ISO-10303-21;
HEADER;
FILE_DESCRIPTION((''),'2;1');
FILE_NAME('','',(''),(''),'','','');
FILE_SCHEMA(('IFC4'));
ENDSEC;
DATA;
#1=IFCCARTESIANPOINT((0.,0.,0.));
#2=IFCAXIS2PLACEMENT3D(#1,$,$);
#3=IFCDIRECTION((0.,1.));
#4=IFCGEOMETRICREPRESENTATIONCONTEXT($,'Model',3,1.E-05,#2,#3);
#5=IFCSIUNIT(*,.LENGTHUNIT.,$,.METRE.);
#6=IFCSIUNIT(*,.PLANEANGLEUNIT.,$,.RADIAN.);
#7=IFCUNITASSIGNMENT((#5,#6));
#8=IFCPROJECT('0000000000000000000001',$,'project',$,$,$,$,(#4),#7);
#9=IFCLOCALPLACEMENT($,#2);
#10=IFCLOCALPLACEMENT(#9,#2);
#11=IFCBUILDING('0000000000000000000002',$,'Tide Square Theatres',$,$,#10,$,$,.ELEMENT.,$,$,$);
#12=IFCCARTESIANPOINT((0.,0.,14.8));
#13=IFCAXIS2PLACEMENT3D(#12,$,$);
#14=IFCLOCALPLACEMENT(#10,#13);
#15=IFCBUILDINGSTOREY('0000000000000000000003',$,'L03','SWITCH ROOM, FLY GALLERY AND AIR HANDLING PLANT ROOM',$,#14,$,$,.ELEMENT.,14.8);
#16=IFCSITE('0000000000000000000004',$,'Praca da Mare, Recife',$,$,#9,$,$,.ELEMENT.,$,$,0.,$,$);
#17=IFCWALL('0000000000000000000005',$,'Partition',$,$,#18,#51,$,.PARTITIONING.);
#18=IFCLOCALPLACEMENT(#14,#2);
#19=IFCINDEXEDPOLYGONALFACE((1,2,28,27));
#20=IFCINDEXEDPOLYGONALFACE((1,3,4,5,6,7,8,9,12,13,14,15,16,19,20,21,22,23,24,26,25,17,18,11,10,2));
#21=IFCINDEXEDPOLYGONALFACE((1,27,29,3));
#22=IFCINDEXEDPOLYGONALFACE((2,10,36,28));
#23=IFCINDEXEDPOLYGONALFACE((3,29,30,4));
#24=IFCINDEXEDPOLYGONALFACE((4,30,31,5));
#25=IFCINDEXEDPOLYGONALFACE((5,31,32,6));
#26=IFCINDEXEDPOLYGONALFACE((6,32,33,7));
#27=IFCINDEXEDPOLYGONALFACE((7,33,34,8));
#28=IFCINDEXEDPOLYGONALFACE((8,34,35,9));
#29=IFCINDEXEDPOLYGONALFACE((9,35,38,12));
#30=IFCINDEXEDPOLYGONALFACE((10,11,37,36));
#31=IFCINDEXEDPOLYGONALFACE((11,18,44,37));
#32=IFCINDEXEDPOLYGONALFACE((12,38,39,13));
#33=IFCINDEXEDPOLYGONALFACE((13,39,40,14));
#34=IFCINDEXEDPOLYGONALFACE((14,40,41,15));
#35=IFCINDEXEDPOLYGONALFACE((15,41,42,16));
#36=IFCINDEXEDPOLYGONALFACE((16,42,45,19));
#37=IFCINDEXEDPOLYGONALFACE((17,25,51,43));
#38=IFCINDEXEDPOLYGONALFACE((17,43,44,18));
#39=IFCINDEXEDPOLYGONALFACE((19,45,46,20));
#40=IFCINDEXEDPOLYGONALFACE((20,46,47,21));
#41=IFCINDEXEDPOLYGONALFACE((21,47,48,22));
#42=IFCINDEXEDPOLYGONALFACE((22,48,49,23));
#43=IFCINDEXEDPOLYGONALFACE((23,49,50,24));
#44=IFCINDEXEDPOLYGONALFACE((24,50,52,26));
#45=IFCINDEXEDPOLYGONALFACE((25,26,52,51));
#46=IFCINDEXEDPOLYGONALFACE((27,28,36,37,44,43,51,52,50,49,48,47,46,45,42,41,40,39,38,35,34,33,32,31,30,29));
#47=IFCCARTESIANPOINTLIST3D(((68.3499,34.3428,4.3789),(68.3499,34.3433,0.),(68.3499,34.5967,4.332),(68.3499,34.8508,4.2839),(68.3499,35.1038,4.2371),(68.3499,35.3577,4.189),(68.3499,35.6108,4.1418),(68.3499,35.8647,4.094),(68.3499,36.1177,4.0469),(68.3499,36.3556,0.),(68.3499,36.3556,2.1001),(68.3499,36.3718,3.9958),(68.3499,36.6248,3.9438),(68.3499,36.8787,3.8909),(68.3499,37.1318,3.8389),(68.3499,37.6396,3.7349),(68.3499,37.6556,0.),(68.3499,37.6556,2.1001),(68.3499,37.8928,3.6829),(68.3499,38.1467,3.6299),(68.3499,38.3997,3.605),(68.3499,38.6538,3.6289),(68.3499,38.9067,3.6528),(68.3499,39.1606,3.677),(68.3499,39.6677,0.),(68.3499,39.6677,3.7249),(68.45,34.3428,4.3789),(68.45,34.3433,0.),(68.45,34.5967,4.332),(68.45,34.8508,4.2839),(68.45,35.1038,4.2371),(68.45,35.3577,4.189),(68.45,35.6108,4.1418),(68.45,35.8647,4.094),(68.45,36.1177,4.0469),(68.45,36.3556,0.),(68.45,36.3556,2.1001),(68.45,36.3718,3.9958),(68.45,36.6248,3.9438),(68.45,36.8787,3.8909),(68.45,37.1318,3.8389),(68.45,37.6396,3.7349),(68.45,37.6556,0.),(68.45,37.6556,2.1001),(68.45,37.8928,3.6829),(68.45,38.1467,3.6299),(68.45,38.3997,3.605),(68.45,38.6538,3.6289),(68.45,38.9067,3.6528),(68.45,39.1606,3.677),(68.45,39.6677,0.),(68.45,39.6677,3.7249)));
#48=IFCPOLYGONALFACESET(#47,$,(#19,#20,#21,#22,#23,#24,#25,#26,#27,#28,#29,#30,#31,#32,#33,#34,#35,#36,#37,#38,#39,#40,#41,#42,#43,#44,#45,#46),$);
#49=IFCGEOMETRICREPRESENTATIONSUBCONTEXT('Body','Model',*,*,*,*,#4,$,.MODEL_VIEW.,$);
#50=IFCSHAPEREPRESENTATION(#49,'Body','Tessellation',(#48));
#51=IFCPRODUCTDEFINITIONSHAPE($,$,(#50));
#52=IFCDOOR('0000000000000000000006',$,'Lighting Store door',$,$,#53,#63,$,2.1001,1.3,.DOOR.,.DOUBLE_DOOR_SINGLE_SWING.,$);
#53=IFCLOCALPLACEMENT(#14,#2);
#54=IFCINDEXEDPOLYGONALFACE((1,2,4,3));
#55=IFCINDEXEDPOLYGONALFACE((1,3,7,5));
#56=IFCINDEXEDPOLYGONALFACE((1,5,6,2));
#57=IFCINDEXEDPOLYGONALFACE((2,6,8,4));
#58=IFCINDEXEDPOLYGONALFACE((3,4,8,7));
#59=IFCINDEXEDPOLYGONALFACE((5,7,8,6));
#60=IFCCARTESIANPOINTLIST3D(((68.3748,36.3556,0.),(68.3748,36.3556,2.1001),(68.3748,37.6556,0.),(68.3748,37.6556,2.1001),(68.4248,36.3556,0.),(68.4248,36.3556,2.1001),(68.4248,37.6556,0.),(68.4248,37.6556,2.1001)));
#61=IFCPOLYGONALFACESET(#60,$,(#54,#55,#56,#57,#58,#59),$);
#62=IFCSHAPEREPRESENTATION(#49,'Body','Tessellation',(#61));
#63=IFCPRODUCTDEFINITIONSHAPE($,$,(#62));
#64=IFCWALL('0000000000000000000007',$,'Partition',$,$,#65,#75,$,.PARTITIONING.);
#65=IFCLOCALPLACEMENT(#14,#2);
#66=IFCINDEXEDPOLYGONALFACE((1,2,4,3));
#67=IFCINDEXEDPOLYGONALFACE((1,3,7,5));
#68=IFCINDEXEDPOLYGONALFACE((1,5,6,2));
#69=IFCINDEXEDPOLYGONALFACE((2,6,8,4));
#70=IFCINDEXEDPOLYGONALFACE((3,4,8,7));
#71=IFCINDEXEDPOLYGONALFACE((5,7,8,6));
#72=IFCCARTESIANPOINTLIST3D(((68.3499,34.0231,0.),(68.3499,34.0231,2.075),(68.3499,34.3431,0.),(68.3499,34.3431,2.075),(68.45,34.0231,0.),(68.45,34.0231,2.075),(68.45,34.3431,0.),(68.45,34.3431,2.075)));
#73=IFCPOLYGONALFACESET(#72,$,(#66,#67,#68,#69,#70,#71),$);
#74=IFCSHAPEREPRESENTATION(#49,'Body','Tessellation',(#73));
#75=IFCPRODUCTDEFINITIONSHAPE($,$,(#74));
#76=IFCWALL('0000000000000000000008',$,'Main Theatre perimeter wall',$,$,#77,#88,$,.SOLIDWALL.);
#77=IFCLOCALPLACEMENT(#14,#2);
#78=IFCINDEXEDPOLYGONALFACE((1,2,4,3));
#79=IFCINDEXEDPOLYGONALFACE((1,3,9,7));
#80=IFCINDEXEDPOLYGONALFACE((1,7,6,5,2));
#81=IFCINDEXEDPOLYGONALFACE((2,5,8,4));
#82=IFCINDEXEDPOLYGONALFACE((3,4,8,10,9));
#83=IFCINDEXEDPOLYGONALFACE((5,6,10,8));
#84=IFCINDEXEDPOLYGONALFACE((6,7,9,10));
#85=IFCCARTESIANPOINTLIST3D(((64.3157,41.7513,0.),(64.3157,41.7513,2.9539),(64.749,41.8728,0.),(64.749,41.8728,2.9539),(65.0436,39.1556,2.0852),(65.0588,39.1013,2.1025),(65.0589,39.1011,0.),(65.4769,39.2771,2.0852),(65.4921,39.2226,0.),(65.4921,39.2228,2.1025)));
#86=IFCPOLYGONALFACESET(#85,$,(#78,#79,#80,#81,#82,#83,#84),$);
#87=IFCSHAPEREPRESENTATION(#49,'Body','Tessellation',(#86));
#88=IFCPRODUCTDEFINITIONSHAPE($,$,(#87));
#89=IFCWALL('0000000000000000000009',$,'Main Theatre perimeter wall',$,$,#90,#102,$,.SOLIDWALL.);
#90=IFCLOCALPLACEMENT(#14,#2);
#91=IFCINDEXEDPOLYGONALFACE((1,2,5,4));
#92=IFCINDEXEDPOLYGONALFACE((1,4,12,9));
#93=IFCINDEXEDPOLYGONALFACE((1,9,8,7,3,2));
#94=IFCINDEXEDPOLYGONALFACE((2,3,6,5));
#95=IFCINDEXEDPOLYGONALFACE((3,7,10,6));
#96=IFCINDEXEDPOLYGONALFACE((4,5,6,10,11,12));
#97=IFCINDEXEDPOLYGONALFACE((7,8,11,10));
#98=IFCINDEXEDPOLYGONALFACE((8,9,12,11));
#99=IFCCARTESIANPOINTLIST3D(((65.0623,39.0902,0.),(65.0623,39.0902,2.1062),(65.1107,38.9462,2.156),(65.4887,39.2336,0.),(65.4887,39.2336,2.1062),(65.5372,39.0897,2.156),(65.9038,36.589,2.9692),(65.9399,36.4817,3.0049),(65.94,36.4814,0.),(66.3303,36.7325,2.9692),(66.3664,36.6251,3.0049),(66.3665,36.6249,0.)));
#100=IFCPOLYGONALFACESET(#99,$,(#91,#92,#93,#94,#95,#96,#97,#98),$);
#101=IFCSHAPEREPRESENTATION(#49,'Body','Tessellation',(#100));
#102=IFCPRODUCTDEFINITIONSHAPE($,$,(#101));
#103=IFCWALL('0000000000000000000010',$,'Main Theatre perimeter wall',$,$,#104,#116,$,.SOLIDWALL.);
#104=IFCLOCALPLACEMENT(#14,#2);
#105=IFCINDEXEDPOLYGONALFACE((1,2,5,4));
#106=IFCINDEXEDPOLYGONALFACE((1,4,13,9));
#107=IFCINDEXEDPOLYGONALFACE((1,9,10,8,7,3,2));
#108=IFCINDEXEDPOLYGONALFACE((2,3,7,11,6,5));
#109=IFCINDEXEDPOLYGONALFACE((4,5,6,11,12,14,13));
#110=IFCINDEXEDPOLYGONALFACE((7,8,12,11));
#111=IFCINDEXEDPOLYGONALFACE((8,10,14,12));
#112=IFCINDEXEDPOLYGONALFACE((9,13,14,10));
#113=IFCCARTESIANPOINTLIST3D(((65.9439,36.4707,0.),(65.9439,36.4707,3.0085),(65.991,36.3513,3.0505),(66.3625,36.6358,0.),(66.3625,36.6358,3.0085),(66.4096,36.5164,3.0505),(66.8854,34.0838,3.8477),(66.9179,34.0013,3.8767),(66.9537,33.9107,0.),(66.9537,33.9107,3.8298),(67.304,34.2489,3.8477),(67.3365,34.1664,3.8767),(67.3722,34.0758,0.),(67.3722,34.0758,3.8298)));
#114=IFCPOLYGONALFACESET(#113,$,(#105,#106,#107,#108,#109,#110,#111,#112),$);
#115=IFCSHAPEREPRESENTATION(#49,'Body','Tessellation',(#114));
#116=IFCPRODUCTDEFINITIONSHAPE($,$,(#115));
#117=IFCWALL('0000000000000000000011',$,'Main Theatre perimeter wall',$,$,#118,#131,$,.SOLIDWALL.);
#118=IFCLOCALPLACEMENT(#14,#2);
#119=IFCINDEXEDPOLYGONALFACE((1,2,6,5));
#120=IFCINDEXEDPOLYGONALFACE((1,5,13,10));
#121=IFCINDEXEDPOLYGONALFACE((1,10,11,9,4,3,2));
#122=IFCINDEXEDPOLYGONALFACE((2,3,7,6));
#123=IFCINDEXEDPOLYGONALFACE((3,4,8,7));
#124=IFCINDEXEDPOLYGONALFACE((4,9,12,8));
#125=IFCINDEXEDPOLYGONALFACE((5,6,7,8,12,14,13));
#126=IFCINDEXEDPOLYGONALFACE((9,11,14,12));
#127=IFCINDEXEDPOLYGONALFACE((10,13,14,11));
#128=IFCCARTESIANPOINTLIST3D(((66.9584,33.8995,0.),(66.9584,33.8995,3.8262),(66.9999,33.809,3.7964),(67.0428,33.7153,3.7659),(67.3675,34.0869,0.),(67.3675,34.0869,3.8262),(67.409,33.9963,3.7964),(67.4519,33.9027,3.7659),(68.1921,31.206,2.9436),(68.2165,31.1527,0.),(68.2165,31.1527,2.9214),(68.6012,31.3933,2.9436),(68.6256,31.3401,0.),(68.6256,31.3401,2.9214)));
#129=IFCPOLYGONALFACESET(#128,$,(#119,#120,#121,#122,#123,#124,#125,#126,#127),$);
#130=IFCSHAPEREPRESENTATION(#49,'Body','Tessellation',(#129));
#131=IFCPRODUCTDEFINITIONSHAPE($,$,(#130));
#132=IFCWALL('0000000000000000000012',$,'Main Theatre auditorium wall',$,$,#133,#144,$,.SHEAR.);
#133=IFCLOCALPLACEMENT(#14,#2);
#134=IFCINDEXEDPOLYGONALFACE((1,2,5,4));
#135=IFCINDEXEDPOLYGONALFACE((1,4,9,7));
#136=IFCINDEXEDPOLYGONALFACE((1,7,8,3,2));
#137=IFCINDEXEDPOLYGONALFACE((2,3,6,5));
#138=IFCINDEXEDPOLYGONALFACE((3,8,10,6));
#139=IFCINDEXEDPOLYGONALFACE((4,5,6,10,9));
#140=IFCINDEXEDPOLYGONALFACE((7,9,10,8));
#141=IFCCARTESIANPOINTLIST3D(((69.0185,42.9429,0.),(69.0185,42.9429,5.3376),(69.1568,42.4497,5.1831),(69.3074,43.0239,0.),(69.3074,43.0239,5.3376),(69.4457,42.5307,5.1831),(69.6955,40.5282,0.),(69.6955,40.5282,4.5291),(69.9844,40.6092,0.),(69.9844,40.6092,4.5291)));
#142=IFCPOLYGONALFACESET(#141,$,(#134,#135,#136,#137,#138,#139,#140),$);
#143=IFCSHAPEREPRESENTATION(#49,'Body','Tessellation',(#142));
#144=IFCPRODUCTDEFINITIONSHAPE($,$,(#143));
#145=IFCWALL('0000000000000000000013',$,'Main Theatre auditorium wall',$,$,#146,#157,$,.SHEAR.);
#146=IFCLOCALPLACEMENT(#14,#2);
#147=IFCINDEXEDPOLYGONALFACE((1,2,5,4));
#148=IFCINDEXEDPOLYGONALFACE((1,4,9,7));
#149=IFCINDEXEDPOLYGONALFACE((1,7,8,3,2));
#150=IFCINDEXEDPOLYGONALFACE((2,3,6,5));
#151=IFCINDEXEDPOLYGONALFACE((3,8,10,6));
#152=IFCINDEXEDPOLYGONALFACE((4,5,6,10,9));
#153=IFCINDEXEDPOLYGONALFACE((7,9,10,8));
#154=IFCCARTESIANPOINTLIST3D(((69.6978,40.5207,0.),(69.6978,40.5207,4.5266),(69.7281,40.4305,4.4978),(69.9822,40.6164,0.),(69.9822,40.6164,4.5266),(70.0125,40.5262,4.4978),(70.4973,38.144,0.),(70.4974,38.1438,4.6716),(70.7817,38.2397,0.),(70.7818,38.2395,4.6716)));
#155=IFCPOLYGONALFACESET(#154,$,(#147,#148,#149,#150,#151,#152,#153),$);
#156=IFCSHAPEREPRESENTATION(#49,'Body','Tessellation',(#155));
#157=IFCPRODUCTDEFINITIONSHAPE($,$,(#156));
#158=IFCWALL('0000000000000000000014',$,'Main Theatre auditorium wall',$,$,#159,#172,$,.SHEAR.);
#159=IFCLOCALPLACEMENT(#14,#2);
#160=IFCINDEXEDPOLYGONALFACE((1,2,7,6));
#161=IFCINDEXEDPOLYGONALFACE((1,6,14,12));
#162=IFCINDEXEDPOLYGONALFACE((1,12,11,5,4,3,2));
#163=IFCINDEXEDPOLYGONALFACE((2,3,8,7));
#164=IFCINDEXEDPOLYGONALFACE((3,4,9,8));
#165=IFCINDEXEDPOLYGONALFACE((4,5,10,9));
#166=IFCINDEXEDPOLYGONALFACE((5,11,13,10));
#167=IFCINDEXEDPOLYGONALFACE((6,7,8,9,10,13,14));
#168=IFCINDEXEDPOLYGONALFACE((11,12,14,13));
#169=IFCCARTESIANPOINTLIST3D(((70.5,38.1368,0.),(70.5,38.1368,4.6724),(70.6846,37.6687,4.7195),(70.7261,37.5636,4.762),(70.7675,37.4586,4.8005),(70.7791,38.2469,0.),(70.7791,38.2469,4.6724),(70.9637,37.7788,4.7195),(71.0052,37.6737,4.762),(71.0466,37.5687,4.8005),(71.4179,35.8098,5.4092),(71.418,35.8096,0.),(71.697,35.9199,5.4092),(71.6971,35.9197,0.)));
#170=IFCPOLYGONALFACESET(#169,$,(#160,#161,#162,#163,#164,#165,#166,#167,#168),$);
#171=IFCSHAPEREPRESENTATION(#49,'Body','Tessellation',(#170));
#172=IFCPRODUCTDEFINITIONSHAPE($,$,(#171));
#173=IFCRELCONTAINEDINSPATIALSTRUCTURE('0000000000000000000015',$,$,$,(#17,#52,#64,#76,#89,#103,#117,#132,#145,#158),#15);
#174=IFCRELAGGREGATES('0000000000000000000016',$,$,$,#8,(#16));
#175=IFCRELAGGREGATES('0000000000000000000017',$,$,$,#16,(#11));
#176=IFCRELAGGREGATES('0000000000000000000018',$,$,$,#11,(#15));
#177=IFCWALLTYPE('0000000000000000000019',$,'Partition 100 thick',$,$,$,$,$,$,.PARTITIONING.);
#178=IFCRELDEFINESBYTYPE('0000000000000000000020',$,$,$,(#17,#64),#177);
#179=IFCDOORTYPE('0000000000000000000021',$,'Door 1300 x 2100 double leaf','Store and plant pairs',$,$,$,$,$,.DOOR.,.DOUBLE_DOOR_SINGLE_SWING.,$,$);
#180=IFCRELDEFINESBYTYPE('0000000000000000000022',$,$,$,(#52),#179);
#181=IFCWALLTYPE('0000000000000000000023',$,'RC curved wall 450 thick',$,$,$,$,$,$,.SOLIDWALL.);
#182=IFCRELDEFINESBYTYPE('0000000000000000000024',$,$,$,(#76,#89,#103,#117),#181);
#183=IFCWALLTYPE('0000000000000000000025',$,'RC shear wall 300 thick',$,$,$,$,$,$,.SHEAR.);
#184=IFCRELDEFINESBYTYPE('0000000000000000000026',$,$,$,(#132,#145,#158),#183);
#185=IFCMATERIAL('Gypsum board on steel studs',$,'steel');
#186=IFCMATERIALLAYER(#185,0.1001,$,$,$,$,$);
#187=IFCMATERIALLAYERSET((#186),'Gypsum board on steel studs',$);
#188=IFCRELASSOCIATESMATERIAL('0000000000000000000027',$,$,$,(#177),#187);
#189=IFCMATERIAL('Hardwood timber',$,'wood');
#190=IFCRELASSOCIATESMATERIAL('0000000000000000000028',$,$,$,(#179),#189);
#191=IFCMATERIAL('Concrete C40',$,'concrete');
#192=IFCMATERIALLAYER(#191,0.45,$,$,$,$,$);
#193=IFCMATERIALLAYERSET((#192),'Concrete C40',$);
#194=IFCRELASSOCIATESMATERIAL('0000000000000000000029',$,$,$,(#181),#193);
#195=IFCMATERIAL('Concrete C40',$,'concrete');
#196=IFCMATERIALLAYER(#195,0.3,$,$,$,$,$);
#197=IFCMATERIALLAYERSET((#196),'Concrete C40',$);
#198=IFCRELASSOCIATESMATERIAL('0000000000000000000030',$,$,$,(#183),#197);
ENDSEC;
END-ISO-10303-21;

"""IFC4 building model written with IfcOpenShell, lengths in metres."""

from ifc_helpers import new_model, si_unit, direction, frame, frame_2d, origin, place, context, subcontext, project, spatial, polyline, rectangle, outline, extrude, material, layer, layer_set, type_object, element, fill, save


model = new_model("IFC4")

# Units and contexts
model_context = context("Model", 3, precision=1e-05, world=origin(), true_north=direction((0.0, 1.0)))
body_context = subcontext(model_context, "Body", "Model", "MODEL_VIEW")
ifc_project = project(units=[si_unit("LENGTHUNIT", "METRE"), si_unit("PLANEANGLEUNIT", "RADIAN")], contexts=[model_context])

# Site, building, storey
site_placement = place(None, origin())
site = spatial("IfcSite", under=ifc_project, at=site_placement, Name="Praca da Mare, Recife", CompositionType="ELEMENT", RefElevation=0.0)
building_placement = place(site_placement, origin())
building = spatial("IfcBuilding", under=site, at=building_placement, Name="Tide Square Theatres", CompositionType="ELEMENT")
storey_placement = place(building_placement, frame((0.0, 0.0, 14.8)))
storey = spatial("IfcBuildingStorey", under=building, at=storey_placement, Name="L03", Description="SWITCH ROOM, FLY GALLERY AND AIR HANDLING PLANT ROOM", CompositionType="ELEMENT", Elevation=14.8)

# Shared definitions
ifc_material_1 = material(Name="Gypsum board on steel studs", Category="steel")
ifc_layer_1 = layer(ifc_material_1, 0.1001)
ifc_layer_set_1 = layer_set([ifc_layer_1], Name="Gypsum board on steel studs")
wall_type_1 = type_object("IfcWallType", Name="Partition 100 thick", PredefinedType="PARTITIONING", material=ifc_layer_set_1)

# Wall, opening, door
wall_1_placement = place(storey_placement, frame((68.3999, 39.6677, 0.0), z_axis=(0.0, 0.0, 1.0), x_axis=(0.0, -1.0, 0.0)))
wall_1 = element("IfcWall", 1, at=wall_1_placement, inside=storey, type_object=wall_type_1, Name="Partition", PredefinedType="PARTITIONING", context=body_context, shape_type="SweptSolid", body=[
    extrude(outline(polyline([(0.0, 0.0), (5.3245, 0.0), (5.325, 4.3789), (5.071, 4.332), (4.8169, 4.2839), (4.564, 4.2371), (4.3101, 4.189), (4.0569, 4.1418), (3.803, 4.094), (3.55, 4.0469), (3.2959, 3.9958), (3.043, 3.9438), (2.7891, 3.8909), (2.5359, 3.8389), (2.282, 3.7869), (2.0281, 3.7349), (1.7749, 3.6829), (1.521, 3.6299), (1.2681, 3.605), (1.0139, 3.6289), (0.761, 3.6528), (0.5071, 3.677), (0.2539, 3.7009), (0.0, 3.7249), (0.0, 0.0)])), frame((0.0, 0.05, 0.0), z_axis=(0.0, -1.0, 0.0), x_axis=(1.0, 0.0, 0.0)), (0.0, 0.0, 1.0), 0.1001),
])
opening_1_placement = place(wall_1_placement, frame((2.0122, 0.0, 0.0)))
opening_1 = element("IfcOpeningElement", 2, at=opening_1_placement, cuts=wall_1, PredefinedType="OPENING", context=body_context, shape_type="SweptSolid", body=[
    extrude(rectangle(XDim=1.3, YDim=2.1001, at=frame_2d((0.6499, 1.05))), frame((0.0, 0.0601, 0.0), z_axis=(0.0, -1.0, 0.0), x_axis=(1.0, 0.0, 0.0)), (0.0, 0.0, 1.0), 0.1201),
])
ifc_material_2 = material(Name="Hardwood timber", Category="wood")
door_type_1 = type_object("IfcDoorType", Name="Door 1300 x 2100 double leaf", Description="Store and plant pairs", OperationType="DOUBLE_DOOR_SINGLE_SWING", PredefinedType="DOOR", material=ifc_material_2)
door_1_placement = place(opening_1_placement, origin())
door_1 = element("IfcDoor", 3, at=door_1_placement, inside=storey, type_object=door_type_1, Name="Lighting Store door", OperationType="DOUBLE_DOOR_SINGLE_SWING", OverallHeight=2.1001, OverallWidth=1.3, PredefinedType="DOOR", context=body_context, shape_type="SweptSolid", body=[
    extrude(rectangle(XDim=1.3, YDim=2.1001, at=frame_2d((0.6499, 1.05))), frame((0.0, 0.0249, 0.0), z_axis=(0.0, -1.0, 0.0), x_axis=(1.0, 0.0, 0.0)), (0.0, 0.0, 1.0), 0.05),
])
fill(opening_1, door_1)

# Walls
wall_2_placement = place(storey_placement, frame((68.3999, 34.3433, 0.0), z_axis=(0.0, 0.0, 1.0), x_axis=(0.0, -1.0, 0.0)))
element("IfcWall", 4, at=wall_2_placement, inside=storey, type_object=wall_type_1, Name="Partition", PredefinedType="PARTITIONING", context=body_context, shape_type="SweptSolid", body=[
    extrude(rectangle(XDim=0.3201, YDim=0.1001, at=frame_2d((0.1602, 0.0))), origin(), (0.0, 0.0, 1.0), 2.075),
])
ifc_material_3 = material(Name="Concrete C40", Category="concrete")
ifc_layer_2 = layer(ifc_material_3, 0.45)
ifc_layer_set_2 = layer_set([ifc_layer_2], Name="Concrete C40")
wall_type_2 = type_object("IfcWallType", Name="RC curved wall 450 thick", PredefinedType="SOLIDWALL", material=ifc_layer_set_2)
wall_3_placement = place(storey_placement, frame((64.5322, 41.812, 0.0), z_axis=(0.0, 0.0, 1.0), x_axis=(0.270008, -0.962858, 0.0)))
element("IfcWall", 5, at=wall_3_placement, inside=storey, type_object=wall_type_2, Name="Main Theatre perimeter wall", PredefinedType="SOLIDWALL", context=body_context, shape_type="SweptSolid", body=[
    extrude(outline(polyline([(0.0, 0.0), (2.7524, 0.0), (2.7522, 2.1025), (2.6958, 2.0852), (0.0, 2.9539), (0.0, 0.0)])), frame((0.0, 0.2251, 0.0), z_axis=(0.0, -1.0, 0.0), x_axis=(1.0, 0.0, 0.0)), (0.0, 0.0, 1.0), 0.45),
])
wall_4_placement = place(storey_placement, frame((65.2754, 39.1619, 0.0), z_axis=(0.0, 0.0, 1.0), x_axis=(0.318888, -0.947793, 0.0)))
element("IfcWall", 6, at=wall_4_placement, inside=storey, type_object=wall_type_2, Name="Main Theatre perimeter wall", PredefinedType="SOLIDWALL", context=body_context, shape_type="SweptSolid", body=[
    extrude(outline(polyline([(0.0, 0.0), (2.7524, 0.0), (2.7522, 3.0049), (2.6389, 2.9692), (0.1519, 2.156), (0.0, 2.1062), (0.0, 0.0)])), frame((0.0, 0.2251, 0.0), z_axis=(0.0, -1.0, 0.0), x_axis=(1.0, 0.0, 0.0)), (0.0, 0.0, 1.0), 0.45),
])
wall_5_placement = place(storey_placement, frame((66.1531, 36.5532, 0.0), z_axis=(0.0, 0.0, 1.0), x_axis=(0.36692, -0.930252, 0.0)))
element("IfcWall", 7, at=wall_5_placement, inside=storey, type_object=wall_type_2, Name="Main Theatre perimeter wall", PredefinedType="SOLIDWALL", context=body_context, shape_type="SweptSolid", body=[
    extrude(outline(polyline([(0.0, 0.0), (2.752, 0.0), (2.752, 3.8298), (2.6545, 3.8767), (2.5659, 3.8477), (0.1284, 3.0505), (0.0, 3.0085), (0.0, 0.0)])), frame((0.0, 0.2251, 0.0), z_axis=(0.0, -1.0, 0.0), x_axis=(1.0, 0.0, 0.0)), (0.0, 0.0, 1.0), 0.45),
])
wall_6_placement = place(storey_placement, frame((67.1628, 33.9932, 0.0), z_axis=(0.0, 0.0, 1.0), x_axis=(0.416407, -0.909178, 0.0)))
element("IfcWall", 8, at=wall_6_placement, inside=storey, type_object=wall_type_2, Name="Main Theatre perimeter wall", PredefinedType="SOLIDWALL", context=body_context, shape_type="SweptSolid", body=[
    extrude(outline(polyline([(0.0, 0.0), (3.0212, 0.0), (3.0212, 2.9214), (2.9626, 2.9436), (0.2026, 3.7659), (0.0996, 3.7964), (0.0, 3.8262), (0.0, 0.0)])), frame((0.0, 0.2251, 0.0), z_axis=(0.0, -1.0, 0.0), x_axis=(1.0, 0.0, 0.0)), (0.0, 0.0, 1.0), 0.45),
])
ifc_material_4 = material(Name="Concrete C40", Category="concrete")
ifc_layer_3 = layer(ifc_material_4, 0.3)
ifc_layer_set_3 = layer_set([ifc_layer_3], Name="Concrete C40")
wall_type_3 = type_object("IfcWallType", Name="RC shear wall 300 thick", PredefinedType="SHEAR", material=ifc_layer_set_3)
wall_7_placement = place(storey_placement, frame((69.1631, 42.9834, 0.0), z_axis=(0.0, 0.0, 1.0), x_axis=(0.269948, -0.962875, 0.0)))
element("IfcWall", 9, at=wall_7_placement, inside=storey, type_object=wall_type_3, Name="Main Theatre auditorium wall", PredefinedType="SHEAR", context=body_context, shape_type="SweptSolid", body=[
    extrude(outline(polyline([(0.0, 0.0), (2.5078, 0.0), (2.5078, 4.5291), (0.5122, 5.1831), (0.0, 5.3376), (0.0, 0.0)])), frame((0.0, 0.1499, 0.0), z_axis=(0.0, -1.0, 0.0), x_axis=(1.0, 0.0, 0.0)), (0.0, 0.0, 1.0), 0.3),
])
wall_8_placement = place(storey_placement, frame((69.8401, 40.5686, 0.0), z_axis=(0.0, 0.0, 1.0), x_axis=(0.318855, -0.947803, 0.0)))
element("IfcWall", 10, at=wall_8_placement, inside=storey, type_object=wall_type_3, Name="Main Theatre auditorium wall", PredefinedType="SHEAR", context=body_context, shape_type="SweptSolid", body=[
    extrude(outline(polyline([(0.0, 0.0), (2.5076, 0.0), (2.5078, 4.6716), (0.0952, 4.4978), (0.0, 4.5266), (0.0, 0.0)])), frame((0.0, 0.1499, 0.0), z_axis=(0.0, -1.0, 0.0), x_axis=(1.0, 0.0, 0.0)), (0.0, 0.0, 1.0), 0.3),
])
wall_9_placement = place(storey_placement, frame((70.6396, 38.1919, 0.0), z_axis=(0.0, 0.0, 1.0), x_axis=(0.366944, -0.930243, 0.0)))
element("IfcWall", 11, at=wall_9_placement, inside=storey, type_object=wall_type_3, Name="Main Theatre auditorium wall", PredefinedType="SHEAR", context=body_context, shape_type="SweptSolid", body=[
    extrude(outline(polyline([(0.0, 0.0), (2.5017, 0.0), (2.5015, 5.4092), (0.729, 4.8005), (0.6162, 4.762), (0.5032, 4.7195), (0.0, 4.6724), (0.0, 0.0)])), frame((0.0, 0.1499, 0.0), z_axis=(0.0, -1.0, 0.0), x_axis=(1.0, 0.0, 0.0)), (0.0, 0.0, 1.0), 0.3),
])

save(model, "model.ifc")
